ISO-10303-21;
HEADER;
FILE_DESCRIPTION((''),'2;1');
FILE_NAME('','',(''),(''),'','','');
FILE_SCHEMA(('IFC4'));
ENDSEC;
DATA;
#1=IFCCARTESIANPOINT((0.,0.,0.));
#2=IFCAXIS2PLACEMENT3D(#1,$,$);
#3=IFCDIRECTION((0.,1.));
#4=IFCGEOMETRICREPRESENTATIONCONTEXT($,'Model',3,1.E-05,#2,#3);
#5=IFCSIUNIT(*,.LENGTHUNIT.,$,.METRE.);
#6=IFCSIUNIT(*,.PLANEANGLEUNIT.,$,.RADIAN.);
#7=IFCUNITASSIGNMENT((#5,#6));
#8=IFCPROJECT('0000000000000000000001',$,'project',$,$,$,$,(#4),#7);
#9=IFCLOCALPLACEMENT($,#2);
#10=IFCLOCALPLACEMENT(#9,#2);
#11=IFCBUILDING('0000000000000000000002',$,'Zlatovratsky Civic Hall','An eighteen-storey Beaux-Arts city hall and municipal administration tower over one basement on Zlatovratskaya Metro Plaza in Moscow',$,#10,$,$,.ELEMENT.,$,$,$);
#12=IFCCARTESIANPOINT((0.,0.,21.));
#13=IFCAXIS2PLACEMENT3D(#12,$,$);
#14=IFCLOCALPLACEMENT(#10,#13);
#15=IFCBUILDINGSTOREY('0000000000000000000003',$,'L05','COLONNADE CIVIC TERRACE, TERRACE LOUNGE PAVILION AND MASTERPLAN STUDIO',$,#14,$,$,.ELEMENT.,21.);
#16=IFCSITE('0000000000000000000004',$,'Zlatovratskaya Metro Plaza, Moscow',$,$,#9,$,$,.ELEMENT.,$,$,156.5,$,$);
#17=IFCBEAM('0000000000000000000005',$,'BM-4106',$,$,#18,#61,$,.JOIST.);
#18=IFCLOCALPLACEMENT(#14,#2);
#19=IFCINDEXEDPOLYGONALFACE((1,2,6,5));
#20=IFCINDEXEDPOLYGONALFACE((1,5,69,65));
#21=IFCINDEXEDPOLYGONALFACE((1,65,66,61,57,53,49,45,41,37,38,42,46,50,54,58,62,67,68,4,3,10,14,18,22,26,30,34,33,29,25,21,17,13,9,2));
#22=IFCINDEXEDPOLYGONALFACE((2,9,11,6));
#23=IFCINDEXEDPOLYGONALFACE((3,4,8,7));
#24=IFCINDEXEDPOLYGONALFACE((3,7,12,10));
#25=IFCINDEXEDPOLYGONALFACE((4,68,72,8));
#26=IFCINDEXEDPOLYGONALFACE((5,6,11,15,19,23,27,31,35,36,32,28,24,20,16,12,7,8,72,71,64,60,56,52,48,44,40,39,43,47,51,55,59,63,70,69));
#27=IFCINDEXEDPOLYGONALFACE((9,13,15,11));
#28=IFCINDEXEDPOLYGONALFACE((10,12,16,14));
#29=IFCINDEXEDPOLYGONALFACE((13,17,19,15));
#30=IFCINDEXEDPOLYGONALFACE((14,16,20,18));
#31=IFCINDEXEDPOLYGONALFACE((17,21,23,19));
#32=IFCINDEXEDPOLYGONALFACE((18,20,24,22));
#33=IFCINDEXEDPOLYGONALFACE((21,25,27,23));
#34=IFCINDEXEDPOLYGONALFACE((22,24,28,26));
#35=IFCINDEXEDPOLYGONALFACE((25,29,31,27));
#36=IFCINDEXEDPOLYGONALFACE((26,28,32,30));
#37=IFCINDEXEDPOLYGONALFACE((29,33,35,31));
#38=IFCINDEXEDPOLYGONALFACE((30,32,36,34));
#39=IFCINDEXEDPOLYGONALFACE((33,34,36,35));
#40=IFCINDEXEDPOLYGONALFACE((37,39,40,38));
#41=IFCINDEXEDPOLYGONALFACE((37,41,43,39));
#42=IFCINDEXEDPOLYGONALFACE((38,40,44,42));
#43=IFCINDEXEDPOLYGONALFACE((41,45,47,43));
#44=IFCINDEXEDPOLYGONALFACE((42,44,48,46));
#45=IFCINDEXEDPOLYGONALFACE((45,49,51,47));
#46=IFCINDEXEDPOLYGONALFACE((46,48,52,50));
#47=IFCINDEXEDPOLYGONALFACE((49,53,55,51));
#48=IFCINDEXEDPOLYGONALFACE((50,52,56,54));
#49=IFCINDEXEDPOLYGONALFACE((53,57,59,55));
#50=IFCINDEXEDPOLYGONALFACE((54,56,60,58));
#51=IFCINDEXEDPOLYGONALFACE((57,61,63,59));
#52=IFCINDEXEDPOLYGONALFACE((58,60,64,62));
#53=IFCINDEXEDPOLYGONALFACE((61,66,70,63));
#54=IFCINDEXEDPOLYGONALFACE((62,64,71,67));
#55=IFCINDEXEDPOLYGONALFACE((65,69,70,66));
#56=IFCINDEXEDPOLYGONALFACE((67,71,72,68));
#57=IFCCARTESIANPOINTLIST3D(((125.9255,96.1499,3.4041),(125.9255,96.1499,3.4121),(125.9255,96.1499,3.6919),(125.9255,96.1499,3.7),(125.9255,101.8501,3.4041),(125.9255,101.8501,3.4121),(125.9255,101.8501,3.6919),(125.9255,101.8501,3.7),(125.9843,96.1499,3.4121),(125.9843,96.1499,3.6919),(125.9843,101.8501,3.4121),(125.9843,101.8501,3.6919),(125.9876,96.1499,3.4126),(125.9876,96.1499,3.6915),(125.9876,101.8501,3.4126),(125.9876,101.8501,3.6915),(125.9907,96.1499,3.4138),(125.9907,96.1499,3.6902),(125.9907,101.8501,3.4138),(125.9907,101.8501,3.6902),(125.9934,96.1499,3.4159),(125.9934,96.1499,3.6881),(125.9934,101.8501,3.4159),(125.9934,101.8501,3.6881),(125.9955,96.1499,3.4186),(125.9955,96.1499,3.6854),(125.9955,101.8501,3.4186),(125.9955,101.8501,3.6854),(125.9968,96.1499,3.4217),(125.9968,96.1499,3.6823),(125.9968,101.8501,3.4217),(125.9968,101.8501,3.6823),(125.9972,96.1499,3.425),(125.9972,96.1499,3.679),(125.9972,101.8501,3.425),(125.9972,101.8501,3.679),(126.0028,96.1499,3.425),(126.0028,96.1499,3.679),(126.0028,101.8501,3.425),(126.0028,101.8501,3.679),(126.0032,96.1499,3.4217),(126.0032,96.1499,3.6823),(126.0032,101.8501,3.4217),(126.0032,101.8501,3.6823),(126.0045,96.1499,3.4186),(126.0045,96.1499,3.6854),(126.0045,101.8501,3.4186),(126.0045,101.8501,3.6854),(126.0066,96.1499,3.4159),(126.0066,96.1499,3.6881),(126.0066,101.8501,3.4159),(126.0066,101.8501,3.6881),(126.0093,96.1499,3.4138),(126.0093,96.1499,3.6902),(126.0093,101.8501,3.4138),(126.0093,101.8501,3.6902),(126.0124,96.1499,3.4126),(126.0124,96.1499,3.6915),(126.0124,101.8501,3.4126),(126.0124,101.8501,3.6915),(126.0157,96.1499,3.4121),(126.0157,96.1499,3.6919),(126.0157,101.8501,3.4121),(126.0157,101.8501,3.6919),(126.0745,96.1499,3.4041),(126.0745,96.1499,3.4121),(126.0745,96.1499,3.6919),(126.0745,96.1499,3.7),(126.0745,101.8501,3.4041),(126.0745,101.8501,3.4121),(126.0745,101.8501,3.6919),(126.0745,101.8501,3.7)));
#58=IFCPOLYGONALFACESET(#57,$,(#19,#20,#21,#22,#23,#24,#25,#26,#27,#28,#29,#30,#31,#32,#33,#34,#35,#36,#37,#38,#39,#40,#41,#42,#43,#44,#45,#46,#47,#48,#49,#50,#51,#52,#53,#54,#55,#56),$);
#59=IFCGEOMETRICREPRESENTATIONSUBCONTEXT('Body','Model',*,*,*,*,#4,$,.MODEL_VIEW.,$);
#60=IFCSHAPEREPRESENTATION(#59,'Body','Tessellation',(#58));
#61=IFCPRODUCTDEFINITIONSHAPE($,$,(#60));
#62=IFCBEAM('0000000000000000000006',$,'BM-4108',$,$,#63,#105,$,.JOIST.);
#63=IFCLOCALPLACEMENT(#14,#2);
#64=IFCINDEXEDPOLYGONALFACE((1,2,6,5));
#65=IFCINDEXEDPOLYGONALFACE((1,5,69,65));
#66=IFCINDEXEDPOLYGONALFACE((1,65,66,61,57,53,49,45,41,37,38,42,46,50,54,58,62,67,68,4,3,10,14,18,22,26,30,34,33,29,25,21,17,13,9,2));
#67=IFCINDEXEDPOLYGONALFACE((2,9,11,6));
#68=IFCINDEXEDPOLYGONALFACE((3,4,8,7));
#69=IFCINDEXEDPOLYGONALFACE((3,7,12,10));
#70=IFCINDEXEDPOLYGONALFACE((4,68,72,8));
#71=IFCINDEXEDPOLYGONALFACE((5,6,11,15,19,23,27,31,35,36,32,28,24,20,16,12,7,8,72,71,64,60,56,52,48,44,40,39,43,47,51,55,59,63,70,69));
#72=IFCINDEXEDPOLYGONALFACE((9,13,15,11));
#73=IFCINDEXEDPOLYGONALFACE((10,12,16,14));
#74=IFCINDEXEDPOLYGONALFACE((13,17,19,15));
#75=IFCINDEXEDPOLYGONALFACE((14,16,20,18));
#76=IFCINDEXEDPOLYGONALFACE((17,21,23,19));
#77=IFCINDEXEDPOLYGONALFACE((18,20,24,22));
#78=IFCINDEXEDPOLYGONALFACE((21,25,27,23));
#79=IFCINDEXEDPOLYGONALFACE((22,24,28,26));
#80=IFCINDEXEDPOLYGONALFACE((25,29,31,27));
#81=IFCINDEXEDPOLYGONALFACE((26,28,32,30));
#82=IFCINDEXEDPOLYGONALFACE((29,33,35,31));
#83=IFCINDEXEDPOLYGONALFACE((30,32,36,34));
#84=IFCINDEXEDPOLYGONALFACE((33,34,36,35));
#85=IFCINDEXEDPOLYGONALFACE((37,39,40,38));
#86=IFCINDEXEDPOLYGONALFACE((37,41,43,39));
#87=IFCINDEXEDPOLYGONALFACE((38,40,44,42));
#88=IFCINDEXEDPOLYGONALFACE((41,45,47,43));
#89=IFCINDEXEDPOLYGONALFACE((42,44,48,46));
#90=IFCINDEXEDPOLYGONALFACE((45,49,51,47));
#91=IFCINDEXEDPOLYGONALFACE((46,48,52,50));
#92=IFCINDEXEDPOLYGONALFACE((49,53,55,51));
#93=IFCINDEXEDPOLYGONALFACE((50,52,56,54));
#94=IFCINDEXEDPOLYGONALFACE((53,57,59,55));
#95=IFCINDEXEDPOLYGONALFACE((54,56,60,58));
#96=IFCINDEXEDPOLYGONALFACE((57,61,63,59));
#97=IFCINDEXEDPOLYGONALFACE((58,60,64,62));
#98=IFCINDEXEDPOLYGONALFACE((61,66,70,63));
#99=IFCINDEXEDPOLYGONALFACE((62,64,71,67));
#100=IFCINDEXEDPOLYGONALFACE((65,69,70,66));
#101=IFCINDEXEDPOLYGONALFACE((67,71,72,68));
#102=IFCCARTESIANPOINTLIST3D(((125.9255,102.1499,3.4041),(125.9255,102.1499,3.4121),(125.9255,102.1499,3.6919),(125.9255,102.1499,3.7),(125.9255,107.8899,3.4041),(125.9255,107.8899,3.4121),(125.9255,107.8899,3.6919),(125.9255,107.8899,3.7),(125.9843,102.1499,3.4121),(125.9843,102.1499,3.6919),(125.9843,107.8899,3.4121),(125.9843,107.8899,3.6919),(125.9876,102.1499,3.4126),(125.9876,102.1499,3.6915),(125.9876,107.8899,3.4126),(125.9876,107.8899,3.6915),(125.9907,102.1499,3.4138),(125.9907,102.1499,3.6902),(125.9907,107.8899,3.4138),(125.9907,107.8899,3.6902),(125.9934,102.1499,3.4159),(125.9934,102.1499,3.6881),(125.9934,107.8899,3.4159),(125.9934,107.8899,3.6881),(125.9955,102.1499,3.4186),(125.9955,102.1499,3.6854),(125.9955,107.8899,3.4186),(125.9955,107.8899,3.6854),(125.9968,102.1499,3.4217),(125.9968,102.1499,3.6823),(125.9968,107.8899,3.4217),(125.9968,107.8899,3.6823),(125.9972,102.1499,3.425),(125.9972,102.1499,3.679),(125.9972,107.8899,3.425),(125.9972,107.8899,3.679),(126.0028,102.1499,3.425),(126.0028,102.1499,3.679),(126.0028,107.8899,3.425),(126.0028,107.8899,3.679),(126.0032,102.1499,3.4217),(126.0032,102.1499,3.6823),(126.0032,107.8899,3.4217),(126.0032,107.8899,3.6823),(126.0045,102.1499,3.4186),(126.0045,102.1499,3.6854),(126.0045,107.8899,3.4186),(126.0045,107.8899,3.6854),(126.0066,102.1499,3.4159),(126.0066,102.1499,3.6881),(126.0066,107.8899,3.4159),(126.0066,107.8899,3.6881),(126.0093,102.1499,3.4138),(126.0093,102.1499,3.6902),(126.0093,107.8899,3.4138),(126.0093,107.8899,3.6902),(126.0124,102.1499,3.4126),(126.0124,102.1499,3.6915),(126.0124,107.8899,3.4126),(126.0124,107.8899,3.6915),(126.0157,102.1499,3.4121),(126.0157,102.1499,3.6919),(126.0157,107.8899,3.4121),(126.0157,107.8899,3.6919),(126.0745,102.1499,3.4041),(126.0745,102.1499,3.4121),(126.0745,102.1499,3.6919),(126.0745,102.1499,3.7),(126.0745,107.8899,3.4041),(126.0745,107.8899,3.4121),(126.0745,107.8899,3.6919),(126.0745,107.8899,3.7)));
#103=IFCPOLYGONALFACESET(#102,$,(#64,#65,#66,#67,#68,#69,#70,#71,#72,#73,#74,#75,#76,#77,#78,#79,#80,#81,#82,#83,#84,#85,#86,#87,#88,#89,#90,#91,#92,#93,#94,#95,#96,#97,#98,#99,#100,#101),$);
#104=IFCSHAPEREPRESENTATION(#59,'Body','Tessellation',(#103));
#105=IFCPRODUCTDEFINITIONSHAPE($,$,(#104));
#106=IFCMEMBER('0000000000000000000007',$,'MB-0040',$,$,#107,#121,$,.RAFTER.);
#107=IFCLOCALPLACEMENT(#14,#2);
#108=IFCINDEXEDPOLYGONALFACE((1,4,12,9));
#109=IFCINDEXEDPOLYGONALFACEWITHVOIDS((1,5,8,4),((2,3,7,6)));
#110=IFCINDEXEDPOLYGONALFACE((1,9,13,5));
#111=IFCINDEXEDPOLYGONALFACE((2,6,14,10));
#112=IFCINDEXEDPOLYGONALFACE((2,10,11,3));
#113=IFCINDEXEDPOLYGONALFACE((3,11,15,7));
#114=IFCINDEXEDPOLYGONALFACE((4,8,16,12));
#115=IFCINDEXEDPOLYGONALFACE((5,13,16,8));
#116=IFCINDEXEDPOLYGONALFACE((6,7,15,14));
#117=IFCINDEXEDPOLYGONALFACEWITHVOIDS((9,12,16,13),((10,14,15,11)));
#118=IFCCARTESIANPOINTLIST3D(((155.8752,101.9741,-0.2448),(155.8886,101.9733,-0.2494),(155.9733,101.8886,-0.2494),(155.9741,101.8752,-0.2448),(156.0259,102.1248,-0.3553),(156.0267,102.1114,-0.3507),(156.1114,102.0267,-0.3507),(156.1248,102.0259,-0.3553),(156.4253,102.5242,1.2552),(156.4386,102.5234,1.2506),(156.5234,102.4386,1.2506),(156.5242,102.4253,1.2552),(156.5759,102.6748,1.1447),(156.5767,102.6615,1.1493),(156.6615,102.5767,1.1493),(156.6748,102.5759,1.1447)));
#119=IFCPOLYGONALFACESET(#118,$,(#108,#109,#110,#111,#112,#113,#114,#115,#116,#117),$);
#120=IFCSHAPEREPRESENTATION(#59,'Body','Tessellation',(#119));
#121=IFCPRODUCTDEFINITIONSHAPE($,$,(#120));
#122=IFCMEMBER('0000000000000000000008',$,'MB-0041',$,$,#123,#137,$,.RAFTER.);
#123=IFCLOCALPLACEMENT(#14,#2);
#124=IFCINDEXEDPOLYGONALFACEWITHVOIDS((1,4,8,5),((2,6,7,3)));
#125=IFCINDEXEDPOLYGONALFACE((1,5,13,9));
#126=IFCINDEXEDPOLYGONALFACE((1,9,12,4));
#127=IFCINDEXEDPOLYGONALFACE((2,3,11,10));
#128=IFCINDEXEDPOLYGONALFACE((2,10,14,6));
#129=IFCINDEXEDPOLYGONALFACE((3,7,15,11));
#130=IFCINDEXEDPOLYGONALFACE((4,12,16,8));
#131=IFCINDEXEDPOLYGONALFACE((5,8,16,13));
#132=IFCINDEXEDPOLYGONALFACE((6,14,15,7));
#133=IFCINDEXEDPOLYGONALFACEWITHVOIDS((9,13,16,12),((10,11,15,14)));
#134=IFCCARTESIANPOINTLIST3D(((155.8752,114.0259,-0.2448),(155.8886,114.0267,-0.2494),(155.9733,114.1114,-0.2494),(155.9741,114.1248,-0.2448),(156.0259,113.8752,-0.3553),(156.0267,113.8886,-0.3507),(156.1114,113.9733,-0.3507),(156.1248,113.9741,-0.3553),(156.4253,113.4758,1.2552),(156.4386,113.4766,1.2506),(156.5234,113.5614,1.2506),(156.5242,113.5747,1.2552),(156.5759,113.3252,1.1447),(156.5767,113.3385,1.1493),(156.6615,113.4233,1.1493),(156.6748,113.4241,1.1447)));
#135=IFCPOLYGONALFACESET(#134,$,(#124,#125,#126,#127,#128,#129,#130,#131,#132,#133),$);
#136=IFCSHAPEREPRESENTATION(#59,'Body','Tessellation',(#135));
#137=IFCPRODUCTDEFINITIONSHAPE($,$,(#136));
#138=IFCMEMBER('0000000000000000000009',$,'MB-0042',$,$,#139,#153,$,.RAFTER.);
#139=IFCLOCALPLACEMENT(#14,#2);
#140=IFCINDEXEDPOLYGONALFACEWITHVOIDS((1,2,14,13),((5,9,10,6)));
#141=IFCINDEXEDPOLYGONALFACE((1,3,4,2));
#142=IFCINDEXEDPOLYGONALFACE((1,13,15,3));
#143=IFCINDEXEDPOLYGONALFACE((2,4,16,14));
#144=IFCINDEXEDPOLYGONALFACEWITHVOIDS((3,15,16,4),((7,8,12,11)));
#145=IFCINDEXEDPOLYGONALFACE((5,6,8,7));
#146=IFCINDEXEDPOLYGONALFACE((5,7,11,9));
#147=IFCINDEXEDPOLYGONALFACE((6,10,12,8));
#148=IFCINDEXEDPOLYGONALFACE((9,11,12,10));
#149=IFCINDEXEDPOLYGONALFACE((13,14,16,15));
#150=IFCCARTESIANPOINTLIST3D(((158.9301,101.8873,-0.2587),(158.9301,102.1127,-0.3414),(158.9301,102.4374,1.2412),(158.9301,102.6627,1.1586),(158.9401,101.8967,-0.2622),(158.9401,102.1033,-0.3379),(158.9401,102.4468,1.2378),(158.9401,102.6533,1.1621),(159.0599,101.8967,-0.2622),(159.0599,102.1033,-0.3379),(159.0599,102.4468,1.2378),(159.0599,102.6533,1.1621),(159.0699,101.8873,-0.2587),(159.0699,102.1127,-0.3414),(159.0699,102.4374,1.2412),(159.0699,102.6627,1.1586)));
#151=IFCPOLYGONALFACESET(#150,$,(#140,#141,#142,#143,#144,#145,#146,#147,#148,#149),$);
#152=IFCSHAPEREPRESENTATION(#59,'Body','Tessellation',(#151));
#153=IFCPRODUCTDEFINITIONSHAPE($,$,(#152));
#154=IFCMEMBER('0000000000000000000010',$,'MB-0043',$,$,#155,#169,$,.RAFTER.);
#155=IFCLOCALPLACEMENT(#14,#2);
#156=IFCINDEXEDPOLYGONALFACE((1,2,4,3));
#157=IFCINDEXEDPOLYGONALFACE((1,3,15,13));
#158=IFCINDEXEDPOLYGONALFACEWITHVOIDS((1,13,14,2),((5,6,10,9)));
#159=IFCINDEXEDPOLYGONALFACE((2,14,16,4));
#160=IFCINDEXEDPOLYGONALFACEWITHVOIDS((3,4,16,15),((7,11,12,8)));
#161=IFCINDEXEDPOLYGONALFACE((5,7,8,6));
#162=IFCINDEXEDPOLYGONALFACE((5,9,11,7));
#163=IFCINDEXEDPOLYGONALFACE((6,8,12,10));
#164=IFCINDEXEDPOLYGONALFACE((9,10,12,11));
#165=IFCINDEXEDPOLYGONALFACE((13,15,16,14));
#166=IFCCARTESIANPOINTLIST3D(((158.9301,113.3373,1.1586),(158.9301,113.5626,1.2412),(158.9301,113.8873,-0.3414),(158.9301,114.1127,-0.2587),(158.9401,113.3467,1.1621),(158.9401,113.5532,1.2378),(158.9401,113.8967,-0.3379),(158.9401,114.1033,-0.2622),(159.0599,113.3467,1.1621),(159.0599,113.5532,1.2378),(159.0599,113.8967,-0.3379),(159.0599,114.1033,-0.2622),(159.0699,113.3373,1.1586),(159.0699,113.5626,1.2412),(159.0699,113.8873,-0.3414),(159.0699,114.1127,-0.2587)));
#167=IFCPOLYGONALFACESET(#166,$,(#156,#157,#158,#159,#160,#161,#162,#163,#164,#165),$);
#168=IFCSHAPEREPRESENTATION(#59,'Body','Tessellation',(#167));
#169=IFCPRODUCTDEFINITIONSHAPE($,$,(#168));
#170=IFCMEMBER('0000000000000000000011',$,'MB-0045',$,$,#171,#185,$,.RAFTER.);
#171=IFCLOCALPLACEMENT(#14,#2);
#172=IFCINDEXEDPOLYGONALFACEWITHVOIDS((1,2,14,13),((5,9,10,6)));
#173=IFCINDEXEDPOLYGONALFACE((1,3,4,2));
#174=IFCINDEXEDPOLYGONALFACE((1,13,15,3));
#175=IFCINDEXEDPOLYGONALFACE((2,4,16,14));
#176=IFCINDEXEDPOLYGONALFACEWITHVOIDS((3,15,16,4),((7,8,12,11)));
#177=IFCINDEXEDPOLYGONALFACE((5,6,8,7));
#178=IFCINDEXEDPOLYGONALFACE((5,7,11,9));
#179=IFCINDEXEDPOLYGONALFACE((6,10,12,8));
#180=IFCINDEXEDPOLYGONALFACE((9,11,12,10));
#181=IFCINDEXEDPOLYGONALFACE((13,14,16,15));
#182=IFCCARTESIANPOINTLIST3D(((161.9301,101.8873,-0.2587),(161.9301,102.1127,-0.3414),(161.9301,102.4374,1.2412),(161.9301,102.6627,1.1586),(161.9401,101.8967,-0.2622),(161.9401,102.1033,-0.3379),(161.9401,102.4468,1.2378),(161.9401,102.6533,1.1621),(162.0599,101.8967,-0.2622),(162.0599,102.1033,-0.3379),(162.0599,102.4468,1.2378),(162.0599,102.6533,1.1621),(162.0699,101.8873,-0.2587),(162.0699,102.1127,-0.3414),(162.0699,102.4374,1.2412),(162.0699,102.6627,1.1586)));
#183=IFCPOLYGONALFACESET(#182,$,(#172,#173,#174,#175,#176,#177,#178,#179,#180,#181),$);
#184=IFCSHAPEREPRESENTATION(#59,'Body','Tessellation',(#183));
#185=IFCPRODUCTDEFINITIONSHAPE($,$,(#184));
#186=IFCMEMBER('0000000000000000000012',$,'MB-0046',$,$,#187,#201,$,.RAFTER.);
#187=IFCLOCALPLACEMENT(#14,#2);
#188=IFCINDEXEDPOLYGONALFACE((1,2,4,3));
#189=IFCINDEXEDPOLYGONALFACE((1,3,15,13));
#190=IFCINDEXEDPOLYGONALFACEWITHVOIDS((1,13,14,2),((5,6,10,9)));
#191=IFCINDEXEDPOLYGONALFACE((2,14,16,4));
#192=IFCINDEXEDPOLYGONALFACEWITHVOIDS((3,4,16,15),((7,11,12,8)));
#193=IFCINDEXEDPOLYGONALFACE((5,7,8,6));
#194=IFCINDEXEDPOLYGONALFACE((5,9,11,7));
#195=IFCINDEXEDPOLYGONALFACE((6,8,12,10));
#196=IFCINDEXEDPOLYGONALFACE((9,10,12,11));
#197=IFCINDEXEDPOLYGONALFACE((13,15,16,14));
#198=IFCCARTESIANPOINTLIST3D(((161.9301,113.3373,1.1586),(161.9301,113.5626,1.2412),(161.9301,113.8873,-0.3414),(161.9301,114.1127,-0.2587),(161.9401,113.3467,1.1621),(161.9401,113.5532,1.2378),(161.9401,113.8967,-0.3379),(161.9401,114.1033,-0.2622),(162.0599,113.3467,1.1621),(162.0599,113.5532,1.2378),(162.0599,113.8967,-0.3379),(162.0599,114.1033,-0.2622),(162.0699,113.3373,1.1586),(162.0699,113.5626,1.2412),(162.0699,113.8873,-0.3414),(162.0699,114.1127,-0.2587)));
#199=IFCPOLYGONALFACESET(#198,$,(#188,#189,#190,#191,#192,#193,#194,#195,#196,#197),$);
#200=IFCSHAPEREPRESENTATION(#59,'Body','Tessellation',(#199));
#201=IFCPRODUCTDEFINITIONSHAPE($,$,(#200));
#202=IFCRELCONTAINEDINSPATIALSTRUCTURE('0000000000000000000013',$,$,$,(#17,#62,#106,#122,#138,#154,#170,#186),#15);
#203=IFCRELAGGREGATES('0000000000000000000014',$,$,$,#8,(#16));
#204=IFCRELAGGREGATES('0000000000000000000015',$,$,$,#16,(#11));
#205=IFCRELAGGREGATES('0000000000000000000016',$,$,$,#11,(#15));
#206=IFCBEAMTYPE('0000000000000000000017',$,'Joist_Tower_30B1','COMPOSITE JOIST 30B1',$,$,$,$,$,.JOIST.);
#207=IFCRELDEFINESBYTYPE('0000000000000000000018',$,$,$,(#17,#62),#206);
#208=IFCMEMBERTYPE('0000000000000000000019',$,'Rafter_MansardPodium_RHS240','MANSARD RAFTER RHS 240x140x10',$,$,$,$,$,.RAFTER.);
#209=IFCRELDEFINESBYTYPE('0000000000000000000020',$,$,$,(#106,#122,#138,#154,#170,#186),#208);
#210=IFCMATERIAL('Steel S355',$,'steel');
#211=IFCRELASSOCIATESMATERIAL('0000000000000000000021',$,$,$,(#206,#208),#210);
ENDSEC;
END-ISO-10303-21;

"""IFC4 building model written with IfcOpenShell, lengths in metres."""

from ifc_helpers import new_model, si_unit, direction, frame, origin, origin_2d, place, context, subcontext, project, spatial, hollow_rectangle, i_section, extrude, material, material_profile, profile_set, type_object, element, save


model = new_model("IFC4")

# Units and contexts
model_context = context("Model", 3, precision=1e-05, world=origin(), true_north=direction((0.0, 1.0)))
body_context = subcontext(model_context, "Body", "Model", "MODEL_VIEW")
ifc_project = project(units=[si_unit("LENGTHUNIT", "METRE"), si_unit("PLANEANGLEUNIT", "RADIAN")], contexts=[model_context])

# Site, building, storey
site_placement = place(None, origin())
site = spatial("IfcSite", under=ifc_project, at=site_placement, Name="Zlatovratskaya Metro Plaza, Moscow", CompositionType="ELEMENT", RefElevation=156.5)
building_placement = place(site_placement, origin())
building = spatial("IfcBuilding", under=site, at=building_placement, Name="Zlatovratsky Civic Hall", Description="An eighteen-storey Beaux-Arts city hall and municipal administration tower over one basement on Zlatovratskaya Metro Plaza in Moscow", CompositionType="ELEMENT")
storey_placement = place(building_placement, frame((0.0, 0.0, 21.0)))
storey = spatial("IfcBuildingStorey", under=building, at=storey_placement, Name="L05", Description="COLONNADE CIVIC TERRACE, TERRACE LOUNGE PAVILION AND MASTERPLAN STUDIO", CompositionType="ELEMENT", Elevation=21.0)

# Shared definitions
ifc_material_1 = material(Name="Steel S355", Category="steel")

# Beams
ifc_material_profile_1 = material_profile(ifc_material_1, i_section(OverallWidth=0.1489, OverallDepth=0.2959, WebThickness=0.0056, FlangeThickness=0.0081, FilletRadius=0.0129, at=origin_2d()), Name="30B1")
ifc_profile_set_1 = profile_set([ifc_material_profile_1], Name="Steel S355")
beam_type_1 = type_object("IfcBeamType", Name="Joist_Tower_30B1", Description="COMPOSITE JOIST 30B1", PredefinedType="JOIST", material=ifc_profile_set_1)
for number, where, z_axis, x_axis, name in (
    (1, (126.0, 96.1499, 3.552), (0.0, 1.0, 0.0), (-1.0, 0.0, 0.0), "BM-4106"),
):
    element("IfcBeam", number, at=place(storey_placement, frame(where, z_axis=z_axis, x_axis=x_axis)), inside=storey, type_object=beam_type_1, Name=name, PredefinedType="JOIST", context=body_context, shape_type="SweptSolid", body=[
        extrude(i_section(OverallWidth=0.1489, OverallDepth=0.2959, WebThickness=0.0056, FlangeThickness=0.0081, FilletRadius=0.0129, at=origin_2d()), origin(), (0.0, 0.0, 1.0), 5.7002),
    ])
beam_1_placement = place(storey_placement, frame((126.0, 102.1499, 3.552), z_axis=(0.0, 1.0, 0.0), x_axis=(-1.0, 0.0, 0.0)))
element("IfcBeam", 2, at=beam_1_placement, inside=storey, type_object=beam_type_1, Name="BM-4108", PredefinedType="JOIST", context=body_context, shape_type="SweptSolid", body=[
    extrude(i_section(OverallWidth=0.1489, OverallDepth=0.2959, WebThickness=0.0056, FlangeThickness=0.0081, FilletRadius=0.0129, at=origin_2d()), origin(), (0.0, 0.0, 1.0), 5.74),
])

# Members
ifc_material_profile_2 = material_profile(ifc_material_1, hollow_rectangle(XDim=0.1399, YDim=0.24, WallThickness=0.01, at=origin_2d()), Name="RHS 240x140x10")
ifc_profile_set_2 = profile_set([ifc_material_profile_2], Name="Steel S355")
member_type_1 = type_object("IfcMemberType", Name="Rafter_MansardPodium_RHS240", Description="MANSARD RAFTER RHS 240x140x10", PredefinedType="RAFTER", material=ifc_profile_set_2)
for number, where, z_axis, x_axis, name in (
    (3, (156.0, 102.0, -0.3), (0.325529, 0.325529, 0.887728), (-0.707107, 0.707107, 0.0), "MB-0040"),
    (4, (156.0, 114.0, -0.3), (0.325529, -0.325529, 0.887728), (0.707107, 0.707107, 0.0), "MB-0041"),
):
    element("IfcMember", number, at=place(storey_placement, frame(where, z_axis=z_axis, x_axis=x_axis)), inside=storey, type_object=member_type_1, Name=name, PredefinedType="RAFTER", context=body_context, shape_type="SweptSolid", body=[
        extrude(hollow_rectangle(XDim=0.1399, YDim=0.24, WallThickness=0.01, at=origin_2d()), origin(), (0.0, 0.0, 1.0), 1.6897),
    ])
for number, where, z_axis, x_axis, name in (
    (5, (159.0, 102.0, -0.3), (0.0, 0.344282, 0.938866), (-1.0, 0.0, 0.0), "MB-0042"),
    (6, (159.0, 114.0, -0.3), (0.0, -0.344282, 0.938866), (1.0, 0.0, 0.0), "MB-0043"),
    (7, (162.0, 102.0, -0.3), (0.0, 0.344282, 0.938866), (-1.0, 0.0, 0.0), "MB-0045"),
    (8, (162.0, 114.0, -0.3), (0.0, -0.344282, 0.938866), (1.0, 0.0, 0.0), "MB-0046"),
):
    element("IfcMember", number, at=place(storey_placement, frame(where, z_axis=z_axis, x_axis=x_axis)), inside=storey, type_object=member_type_1, Name=name, PredefinedType="RAFTER", context=body_context, shape_type="SweptSolid", body=[
        extrude(hollow_rectangle(XDim=0.1399, YDim=0.24, WallThickness=0.01, at=origin_2d()), origin(), (0.0, 0.0, 1.0), 1.5977),
    ])

save(model, "model.ifc")
